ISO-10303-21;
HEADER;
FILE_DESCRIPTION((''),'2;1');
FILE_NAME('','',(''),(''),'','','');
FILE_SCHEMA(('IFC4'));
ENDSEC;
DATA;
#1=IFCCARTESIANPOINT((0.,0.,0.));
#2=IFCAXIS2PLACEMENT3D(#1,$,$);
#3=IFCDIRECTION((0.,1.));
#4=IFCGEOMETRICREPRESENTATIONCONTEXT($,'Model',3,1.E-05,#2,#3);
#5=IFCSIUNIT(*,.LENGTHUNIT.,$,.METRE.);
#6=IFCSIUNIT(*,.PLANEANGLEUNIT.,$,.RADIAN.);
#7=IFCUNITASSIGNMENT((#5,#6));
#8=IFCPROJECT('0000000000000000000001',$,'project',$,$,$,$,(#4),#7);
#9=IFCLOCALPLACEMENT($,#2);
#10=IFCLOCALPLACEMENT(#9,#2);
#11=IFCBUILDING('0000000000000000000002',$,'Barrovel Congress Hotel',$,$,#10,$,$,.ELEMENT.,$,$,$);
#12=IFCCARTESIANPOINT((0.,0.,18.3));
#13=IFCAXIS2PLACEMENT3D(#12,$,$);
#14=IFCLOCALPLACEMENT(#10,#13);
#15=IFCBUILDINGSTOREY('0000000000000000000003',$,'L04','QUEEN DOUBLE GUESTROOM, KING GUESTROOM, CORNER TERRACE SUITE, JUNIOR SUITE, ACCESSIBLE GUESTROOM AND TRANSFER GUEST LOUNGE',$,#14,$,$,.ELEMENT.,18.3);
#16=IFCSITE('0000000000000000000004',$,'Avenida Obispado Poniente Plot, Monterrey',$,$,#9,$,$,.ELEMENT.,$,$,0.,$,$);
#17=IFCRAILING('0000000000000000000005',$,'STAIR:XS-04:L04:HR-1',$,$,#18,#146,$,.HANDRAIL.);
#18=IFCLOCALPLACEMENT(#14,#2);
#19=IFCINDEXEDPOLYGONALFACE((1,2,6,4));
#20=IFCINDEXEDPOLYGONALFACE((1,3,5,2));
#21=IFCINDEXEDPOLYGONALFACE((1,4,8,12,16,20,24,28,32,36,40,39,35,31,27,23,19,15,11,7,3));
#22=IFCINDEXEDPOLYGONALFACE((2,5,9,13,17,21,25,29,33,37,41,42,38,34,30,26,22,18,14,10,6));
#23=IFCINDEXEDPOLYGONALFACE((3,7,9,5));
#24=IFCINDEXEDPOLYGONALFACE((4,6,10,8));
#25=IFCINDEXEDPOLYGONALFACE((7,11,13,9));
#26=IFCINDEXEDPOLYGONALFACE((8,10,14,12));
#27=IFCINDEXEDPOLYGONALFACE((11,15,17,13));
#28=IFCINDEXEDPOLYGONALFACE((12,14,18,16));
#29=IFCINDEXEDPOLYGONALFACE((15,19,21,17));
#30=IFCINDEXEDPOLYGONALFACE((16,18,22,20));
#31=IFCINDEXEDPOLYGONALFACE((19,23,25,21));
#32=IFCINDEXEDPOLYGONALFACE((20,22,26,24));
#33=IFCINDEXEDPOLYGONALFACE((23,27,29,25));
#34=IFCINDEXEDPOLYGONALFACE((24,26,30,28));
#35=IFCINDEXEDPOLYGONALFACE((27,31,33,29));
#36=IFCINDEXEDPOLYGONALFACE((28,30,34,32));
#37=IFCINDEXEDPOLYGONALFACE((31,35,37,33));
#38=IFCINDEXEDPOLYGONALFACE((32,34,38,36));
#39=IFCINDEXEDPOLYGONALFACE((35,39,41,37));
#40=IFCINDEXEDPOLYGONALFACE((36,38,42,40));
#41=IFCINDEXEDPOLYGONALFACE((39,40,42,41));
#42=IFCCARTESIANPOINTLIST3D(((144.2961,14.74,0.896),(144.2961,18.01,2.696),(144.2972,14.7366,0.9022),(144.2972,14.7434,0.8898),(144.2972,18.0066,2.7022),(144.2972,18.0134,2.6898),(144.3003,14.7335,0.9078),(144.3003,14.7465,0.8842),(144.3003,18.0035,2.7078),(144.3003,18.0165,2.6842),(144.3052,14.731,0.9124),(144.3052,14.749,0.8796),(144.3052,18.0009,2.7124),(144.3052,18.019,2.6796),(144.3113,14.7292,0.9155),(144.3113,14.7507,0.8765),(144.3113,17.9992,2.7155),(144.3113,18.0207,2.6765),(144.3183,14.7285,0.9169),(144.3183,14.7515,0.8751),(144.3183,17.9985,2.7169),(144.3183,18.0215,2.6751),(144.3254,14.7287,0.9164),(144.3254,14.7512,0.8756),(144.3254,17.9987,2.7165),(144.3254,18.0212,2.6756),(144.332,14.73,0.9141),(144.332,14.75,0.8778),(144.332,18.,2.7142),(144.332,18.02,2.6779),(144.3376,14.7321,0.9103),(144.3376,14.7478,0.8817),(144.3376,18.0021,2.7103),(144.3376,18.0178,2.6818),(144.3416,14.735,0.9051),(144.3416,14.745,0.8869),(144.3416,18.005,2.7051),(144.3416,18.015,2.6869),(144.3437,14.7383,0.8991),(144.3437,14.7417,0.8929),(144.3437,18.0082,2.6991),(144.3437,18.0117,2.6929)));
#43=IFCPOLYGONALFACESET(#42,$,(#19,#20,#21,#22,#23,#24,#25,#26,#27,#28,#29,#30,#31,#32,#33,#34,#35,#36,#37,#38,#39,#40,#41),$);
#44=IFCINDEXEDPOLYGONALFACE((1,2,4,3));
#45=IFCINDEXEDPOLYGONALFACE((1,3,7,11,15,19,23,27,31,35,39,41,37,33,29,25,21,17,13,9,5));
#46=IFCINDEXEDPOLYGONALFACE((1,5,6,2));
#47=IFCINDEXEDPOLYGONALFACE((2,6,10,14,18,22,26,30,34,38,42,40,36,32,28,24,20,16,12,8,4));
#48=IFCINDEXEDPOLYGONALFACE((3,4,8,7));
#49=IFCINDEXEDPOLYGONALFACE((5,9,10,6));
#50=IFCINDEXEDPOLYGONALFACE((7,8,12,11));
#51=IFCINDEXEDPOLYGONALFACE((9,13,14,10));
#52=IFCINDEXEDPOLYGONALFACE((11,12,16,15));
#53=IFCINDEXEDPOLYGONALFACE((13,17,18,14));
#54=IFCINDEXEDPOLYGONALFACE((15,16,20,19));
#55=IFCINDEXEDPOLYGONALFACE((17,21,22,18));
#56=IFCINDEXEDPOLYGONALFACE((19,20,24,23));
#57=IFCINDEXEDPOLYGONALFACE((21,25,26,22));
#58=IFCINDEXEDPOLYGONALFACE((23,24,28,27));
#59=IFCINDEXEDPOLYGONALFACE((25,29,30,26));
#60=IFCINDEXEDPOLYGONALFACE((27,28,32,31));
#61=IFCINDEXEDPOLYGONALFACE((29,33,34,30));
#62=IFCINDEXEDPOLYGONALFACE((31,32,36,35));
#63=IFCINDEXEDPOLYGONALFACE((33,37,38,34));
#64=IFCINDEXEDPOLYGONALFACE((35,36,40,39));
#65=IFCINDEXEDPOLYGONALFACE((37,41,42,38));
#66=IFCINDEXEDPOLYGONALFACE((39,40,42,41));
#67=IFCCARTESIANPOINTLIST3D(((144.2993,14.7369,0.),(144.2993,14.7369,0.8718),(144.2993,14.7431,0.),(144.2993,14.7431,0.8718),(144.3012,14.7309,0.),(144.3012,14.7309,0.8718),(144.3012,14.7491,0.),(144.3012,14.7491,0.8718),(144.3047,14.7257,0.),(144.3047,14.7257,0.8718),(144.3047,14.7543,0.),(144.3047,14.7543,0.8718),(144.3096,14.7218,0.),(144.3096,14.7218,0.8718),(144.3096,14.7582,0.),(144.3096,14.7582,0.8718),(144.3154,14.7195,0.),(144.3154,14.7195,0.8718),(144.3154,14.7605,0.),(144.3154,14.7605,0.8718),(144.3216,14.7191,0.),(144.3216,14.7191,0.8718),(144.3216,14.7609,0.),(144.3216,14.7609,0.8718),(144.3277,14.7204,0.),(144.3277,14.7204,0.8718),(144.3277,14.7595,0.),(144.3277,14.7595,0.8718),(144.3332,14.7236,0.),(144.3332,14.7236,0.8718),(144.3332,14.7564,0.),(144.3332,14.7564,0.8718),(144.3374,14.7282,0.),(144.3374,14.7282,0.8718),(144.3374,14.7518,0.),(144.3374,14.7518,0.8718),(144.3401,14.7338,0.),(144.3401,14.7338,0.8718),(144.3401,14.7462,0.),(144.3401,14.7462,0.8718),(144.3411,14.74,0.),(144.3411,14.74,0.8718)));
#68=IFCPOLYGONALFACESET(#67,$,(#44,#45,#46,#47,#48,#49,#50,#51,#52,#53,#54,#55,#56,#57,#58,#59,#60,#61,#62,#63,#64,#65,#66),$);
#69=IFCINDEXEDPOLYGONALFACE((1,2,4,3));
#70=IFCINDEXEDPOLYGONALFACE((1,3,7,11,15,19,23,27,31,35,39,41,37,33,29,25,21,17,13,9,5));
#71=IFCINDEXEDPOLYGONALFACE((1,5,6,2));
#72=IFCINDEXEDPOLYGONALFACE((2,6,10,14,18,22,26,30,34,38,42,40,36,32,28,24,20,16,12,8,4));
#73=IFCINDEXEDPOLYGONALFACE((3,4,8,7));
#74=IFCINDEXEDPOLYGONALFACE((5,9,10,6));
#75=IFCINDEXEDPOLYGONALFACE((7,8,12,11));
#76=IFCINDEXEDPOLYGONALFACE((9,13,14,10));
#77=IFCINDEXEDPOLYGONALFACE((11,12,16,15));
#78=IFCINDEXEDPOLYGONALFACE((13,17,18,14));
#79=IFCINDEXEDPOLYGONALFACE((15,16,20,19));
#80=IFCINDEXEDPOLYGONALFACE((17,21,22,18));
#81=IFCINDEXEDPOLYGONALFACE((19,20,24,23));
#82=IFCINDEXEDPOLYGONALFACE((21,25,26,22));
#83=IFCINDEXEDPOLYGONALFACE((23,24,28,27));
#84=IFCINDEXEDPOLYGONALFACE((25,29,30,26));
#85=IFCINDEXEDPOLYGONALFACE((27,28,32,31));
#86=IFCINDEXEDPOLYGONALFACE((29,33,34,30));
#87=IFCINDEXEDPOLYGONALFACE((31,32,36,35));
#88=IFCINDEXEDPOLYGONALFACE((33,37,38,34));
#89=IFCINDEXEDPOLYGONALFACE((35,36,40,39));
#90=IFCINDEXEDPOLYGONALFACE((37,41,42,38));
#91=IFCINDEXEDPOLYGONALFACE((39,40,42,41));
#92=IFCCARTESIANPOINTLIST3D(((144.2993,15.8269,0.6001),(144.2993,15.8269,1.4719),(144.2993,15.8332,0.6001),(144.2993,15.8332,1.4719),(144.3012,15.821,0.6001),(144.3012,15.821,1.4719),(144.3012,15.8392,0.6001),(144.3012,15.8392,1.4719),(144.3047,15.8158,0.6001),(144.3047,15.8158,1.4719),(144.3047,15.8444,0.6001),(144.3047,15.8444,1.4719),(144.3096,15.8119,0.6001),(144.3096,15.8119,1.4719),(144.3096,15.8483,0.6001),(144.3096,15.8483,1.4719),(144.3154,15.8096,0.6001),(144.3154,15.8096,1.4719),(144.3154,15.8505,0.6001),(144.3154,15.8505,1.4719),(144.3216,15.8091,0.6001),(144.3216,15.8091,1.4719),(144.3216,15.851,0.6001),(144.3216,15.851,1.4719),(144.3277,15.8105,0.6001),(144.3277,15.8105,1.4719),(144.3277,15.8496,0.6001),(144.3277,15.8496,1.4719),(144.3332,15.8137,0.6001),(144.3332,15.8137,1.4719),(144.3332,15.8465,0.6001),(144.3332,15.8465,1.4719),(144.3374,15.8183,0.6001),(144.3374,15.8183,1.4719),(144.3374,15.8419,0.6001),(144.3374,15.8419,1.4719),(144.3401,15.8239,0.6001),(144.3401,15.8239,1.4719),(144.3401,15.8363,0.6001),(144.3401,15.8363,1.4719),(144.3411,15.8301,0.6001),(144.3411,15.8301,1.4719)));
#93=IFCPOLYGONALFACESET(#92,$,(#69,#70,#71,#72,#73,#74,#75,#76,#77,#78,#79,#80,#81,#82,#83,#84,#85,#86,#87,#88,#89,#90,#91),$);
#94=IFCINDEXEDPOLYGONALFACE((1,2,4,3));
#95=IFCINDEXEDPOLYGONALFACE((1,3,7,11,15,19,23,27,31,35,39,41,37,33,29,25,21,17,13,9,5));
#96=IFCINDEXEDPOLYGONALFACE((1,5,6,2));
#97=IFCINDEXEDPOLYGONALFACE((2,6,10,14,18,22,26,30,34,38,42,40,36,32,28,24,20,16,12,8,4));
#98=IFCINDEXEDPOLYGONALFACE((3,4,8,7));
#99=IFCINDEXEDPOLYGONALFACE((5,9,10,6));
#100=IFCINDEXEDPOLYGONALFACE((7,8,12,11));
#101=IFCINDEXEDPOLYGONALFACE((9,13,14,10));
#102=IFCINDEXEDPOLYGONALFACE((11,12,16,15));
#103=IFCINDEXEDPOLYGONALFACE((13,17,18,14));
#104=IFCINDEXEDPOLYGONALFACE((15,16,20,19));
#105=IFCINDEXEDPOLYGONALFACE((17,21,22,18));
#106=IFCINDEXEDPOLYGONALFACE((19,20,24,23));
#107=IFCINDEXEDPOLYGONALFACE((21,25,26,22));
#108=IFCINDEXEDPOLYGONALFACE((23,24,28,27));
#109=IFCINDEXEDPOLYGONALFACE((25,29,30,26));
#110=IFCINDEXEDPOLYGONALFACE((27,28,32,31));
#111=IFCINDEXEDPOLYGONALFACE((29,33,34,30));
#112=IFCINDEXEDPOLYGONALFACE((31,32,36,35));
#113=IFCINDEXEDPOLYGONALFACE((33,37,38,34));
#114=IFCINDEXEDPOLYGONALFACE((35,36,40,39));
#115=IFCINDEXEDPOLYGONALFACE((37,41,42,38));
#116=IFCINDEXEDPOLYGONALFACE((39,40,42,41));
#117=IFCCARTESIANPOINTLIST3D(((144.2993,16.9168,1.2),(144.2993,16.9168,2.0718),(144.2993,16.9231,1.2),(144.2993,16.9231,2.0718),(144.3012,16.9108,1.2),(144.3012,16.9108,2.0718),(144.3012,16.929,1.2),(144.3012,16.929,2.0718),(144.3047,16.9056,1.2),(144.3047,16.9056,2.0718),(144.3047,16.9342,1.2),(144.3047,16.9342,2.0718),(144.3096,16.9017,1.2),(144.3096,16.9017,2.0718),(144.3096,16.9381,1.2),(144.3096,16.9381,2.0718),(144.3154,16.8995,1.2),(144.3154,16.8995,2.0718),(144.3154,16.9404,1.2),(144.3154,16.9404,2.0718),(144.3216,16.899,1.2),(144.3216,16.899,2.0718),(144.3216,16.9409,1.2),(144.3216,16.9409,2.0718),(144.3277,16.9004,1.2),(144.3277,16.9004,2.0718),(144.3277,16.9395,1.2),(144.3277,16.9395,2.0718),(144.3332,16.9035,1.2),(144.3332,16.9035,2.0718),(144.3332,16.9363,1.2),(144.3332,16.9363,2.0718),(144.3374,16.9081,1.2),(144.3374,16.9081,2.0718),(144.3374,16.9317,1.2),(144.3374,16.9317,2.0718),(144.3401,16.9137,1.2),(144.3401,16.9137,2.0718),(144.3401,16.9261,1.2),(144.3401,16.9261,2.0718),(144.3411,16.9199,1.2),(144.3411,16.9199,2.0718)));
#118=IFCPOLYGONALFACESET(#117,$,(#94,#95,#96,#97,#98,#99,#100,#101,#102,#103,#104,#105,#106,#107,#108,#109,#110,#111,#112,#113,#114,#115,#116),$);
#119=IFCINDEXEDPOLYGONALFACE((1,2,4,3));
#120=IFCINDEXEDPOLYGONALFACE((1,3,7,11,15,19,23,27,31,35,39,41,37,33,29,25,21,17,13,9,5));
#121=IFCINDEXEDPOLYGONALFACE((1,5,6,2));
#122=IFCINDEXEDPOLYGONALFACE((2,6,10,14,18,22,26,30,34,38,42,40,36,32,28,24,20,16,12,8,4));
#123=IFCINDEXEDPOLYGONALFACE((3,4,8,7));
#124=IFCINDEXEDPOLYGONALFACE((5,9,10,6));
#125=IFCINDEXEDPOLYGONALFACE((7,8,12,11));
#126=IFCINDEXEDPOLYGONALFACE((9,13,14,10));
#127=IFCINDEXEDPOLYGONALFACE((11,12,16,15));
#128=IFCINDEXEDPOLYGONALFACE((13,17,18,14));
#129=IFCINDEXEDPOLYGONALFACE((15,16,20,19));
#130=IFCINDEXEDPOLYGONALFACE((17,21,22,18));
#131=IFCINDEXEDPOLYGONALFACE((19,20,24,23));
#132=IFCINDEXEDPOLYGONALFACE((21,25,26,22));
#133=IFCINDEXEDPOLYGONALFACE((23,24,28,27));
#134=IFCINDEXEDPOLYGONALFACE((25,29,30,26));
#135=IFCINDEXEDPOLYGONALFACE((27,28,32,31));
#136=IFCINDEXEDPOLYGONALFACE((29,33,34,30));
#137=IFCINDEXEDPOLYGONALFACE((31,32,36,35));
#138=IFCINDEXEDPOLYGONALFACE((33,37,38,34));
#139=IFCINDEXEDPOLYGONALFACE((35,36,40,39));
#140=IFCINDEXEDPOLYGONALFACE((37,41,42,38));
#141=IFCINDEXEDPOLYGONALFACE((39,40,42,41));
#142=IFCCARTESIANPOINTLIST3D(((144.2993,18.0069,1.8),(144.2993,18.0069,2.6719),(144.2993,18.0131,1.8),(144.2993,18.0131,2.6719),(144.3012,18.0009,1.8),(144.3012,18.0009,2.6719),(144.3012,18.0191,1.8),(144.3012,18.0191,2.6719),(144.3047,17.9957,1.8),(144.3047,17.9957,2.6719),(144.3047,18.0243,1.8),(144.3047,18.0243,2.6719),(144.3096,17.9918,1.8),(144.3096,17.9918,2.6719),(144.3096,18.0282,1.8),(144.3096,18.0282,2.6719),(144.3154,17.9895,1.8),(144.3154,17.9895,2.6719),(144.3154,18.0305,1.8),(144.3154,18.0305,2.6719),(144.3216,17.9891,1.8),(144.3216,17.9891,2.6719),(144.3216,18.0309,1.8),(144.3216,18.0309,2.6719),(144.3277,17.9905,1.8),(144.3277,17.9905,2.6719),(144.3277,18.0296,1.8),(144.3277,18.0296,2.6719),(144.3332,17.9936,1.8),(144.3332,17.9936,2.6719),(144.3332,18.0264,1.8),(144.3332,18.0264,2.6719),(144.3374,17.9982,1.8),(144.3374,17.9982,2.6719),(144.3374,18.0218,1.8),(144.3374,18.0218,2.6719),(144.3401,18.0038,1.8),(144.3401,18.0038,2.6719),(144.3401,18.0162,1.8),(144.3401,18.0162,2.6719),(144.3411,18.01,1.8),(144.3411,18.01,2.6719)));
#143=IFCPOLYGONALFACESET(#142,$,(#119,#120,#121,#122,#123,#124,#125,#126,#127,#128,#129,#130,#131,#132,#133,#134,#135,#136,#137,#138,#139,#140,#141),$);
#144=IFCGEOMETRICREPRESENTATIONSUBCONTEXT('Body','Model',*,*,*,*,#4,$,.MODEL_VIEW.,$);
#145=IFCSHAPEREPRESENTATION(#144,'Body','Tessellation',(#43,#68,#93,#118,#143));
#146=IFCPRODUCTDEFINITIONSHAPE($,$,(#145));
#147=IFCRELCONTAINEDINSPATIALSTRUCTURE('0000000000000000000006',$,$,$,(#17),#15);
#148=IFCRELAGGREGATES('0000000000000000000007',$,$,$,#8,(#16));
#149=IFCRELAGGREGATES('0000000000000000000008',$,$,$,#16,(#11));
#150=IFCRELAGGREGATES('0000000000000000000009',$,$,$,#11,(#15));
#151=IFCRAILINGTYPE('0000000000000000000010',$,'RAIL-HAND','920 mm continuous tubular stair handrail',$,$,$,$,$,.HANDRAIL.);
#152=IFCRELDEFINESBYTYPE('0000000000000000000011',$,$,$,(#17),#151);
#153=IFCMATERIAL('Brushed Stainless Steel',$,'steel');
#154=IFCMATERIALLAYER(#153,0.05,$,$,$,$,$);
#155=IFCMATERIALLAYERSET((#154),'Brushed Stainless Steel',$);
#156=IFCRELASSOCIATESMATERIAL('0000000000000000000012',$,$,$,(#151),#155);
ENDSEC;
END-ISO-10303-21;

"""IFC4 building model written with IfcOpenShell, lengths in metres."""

from ifc_helpers import new_model, si_unit, direction, frame, origin, origin_2d, place, context, subcontext, project, spatial, circle, extrude, material, layer, layer_set, type_object, element, save


model = new_model("IFC4")

# Units and contexts
model_context = context("Model", 3, precision=1e-05, world=origin(), true_north=direction((0.0, 1.0)))
body_context = subcontext(model_context, "Body", "Model", "MODEL_VIEW")
ifc_project = project(units=[si_unit("LENGTHUNIT", "METRE"), si_unit("PLANEANGLEUNIT", "RADIAN")], contexts=[model_context])

# Site, building, storey
site_placement = place(None, origin())
site = spatial("IfcSite", under=ifc_project, at=site_placement, Name="Avenida Obispado Poniente Plot, Monterrey", CompositionType="ELEMENT", RefElevation=0.0)
building_placement = place(site_placement, origin())
building = spatial("IfcBuilding", under=site, at=building_placement, Name="Barrovel Congress Hotel", CompositionType="ELEMENT")
storey_placement = place(building_placement, frame((0.0, 0.0, 18.3)))
storey = spatial("IfcBuildingStorey", under=building, at=storey_placement, Name="L04", Description="QUEEN DOUBLE GUESTROOM, KING GUESTROOM, CORNER TERRACE SUITE, JUNIOR SUITE, ACCESSIBLE GUESTROOM AND TRANSFER GUEST LOUNGE", CompositionType="ELEMENT", Elevation=18.3)

# Railing
ifc_material_1 = material(Name="Brushed Stainless Steel", Category="steel")
ifc_layer_1 = layer(ifc_material_1, 0.05)
ifc_layer_set_1 = layer_set([ifc_layer_1], Name="Brushed Stainless Steel")
railing_type_1 = type_object("IfcRailingType", Name="RAIL-HAND", Description="920 mm continuous tubular stair handrail", PredefinedType="HANDRAIL", material=ifc_layer_set_1)
railing_1_placement = place(storey_placement, frame((144.3201, 14.74, 0.0)))
element("IfcRailing", 1, at=railing_1_placement, inside=storey, type_object=railing_type_1, Name="STAIR:XS-04:L04:HR-1", PredefinedType="HANDRAIL", context=body_context, shape_type="SweptSolid", body=[
    extrude(circle(Radius=0.0239, at=origin_2d()), frame((0.0, 0.0, 0.896), z_axis=(0.0, 0.876042, 0.482235), x_axis=(-1.0, 0.0, 0.0)), (0.0, 0.0, 1.0), 3.7327),
    extrude(circle(Radius=0.021, at=origin_2d()), origin(), (0.0, 0.0, 1.0), 0.8718),
    extrude(circle(Radius=0.021, at=origin_2d()), frame((0.0, 1.0901, 0.6001)), (0.0, 0.0, 1.0), 0.8718),
    extrude(circle(Radius=0.021, at=origin_2d()), frame((0.0, 2.1799, 1.2)), (0.0, 0.0, 1.0), 0.8718),
    extrude(circle(Radius=0.021, at=origin_2d()), frame((0.0, 3.27, 1.8)), (0.0, 0.0, 1.0), 0.8718),
])

save(model, "model.ifc")
